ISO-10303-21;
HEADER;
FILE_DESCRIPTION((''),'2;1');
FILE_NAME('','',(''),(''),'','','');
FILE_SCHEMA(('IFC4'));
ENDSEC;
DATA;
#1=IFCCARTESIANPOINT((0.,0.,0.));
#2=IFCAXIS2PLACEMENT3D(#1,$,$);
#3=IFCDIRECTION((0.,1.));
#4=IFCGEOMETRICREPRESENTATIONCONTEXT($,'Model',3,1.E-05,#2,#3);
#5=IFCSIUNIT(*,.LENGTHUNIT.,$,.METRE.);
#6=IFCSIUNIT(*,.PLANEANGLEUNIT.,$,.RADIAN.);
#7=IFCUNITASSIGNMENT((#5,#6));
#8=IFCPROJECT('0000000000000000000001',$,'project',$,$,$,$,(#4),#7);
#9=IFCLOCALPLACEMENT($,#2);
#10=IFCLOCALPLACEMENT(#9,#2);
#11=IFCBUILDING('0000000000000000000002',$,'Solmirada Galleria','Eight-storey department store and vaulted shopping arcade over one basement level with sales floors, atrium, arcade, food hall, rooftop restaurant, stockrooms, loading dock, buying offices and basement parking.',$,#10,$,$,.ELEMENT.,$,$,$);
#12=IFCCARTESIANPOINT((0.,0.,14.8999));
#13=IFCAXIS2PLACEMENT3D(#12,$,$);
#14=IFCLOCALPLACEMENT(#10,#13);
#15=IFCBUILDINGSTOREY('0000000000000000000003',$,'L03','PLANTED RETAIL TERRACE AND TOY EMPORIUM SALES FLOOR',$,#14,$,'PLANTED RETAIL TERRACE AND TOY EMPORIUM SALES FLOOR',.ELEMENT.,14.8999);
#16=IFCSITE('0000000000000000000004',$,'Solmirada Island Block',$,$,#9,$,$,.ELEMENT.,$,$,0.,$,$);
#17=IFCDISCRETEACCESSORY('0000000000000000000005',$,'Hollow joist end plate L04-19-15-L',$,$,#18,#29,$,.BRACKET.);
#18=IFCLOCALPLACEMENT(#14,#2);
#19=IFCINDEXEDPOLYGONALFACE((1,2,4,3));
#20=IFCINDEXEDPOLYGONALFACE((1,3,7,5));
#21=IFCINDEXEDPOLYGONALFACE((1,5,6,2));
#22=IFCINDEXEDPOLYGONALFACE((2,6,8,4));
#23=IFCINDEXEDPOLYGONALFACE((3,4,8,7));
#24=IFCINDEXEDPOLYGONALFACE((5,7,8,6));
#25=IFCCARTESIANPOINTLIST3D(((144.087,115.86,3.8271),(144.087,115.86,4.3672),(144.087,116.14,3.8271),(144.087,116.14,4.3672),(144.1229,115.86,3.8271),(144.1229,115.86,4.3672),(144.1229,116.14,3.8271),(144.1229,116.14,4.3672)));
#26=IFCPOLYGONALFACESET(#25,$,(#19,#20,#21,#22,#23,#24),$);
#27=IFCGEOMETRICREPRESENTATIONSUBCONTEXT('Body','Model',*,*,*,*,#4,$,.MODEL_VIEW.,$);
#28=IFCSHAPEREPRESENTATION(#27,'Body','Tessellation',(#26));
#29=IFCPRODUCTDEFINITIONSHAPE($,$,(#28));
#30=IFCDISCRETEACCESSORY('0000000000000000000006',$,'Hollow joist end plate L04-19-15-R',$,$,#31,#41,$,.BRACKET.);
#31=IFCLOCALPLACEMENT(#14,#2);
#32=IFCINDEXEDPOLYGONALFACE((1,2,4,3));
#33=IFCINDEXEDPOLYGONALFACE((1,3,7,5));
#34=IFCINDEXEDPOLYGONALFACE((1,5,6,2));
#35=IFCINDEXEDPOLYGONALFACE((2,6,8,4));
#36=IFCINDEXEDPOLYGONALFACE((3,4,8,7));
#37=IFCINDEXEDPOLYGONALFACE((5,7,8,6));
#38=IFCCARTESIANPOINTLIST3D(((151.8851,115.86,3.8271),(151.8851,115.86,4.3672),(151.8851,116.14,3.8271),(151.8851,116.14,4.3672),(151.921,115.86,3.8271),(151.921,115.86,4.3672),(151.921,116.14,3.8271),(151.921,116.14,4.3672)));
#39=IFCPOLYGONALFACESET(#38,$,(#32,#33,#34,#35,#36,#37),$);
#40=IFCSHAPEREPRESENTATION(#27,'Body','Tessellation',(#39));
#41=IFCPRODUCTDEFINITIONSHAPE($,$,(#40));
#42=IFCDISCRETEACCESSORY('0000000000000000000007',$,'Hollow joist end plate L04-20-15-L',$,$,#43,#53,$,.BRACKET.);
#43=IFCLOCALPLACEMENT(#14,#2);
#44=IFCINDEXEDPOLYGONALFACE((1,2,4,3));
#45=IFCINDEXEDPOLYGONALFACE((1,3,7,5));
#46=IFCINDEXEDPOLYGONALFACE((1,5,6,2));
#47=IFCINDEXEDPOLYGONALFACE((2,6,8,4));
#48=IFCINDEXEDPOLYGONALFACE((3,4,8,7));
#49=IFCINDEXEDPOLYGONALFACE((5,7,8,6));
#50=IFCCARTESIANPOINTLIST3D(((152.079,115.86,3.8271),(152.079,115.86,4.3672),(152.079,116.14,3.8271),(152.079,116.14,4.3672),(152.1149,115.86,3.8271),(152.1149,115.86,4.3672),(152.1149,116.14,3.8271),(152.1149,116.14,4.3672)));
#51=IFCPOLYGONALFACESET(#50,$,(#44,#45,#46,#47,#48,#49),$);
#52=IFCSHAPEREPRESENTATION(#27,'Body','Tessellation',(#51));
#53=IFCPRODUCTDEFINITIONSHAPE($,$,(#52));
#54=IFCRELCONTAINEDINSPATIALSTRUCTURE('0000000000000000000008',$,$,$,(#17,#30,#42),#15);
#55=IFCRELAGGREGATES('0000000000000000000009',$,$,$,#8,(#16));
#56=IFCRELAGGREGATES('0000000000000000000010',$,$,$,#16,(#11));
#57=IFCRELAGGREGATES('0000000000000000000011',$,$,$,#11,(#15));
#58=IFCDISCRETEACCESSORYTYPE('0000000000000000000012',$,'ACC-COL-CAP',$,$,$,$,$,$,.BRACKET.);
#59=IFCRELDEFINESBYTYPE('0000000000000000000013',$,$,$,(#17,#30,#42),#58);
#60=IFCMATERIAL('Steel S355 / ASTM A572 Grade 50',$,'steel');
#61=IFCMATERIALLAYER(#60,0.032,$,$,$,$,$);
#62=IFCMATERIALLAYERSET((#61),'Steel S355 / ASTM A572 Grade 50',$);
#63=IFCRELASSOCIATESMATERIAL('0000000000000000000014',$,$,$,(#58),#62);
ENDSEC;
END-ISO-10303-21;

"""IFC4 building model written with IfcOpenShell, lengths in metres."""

from ifc_helpers import new_model, si_unit, direction, frame, origin, origin_2d, place, context, subcontext, project, spatial, rectangle, extrude, material, layer, layer_set, type_object, element, save


model = new_model("IFC4")

# Units and contexts
model_context = context("Model", 3, precision=1e-05, world=origin(), true_north=direction((0.0, 1.0)))
body_context = subcontext(model_context, "Body", "Model", "MODEL_VIEW")
ifc_project = project(units=[si_unit("LENGTHUNIT", "METRE"), si_unit("PLANEANGLEUNIT", "RADIAN")], contexts=[model_context])

# Site, building, storey
site_placement = place(None, origin())
site = spatial("IfcSite", under=ifc_project, at=site_placement, Name="Solmirada Island Block", CompositionType="ELEMENT", RefElevation=0.0)
building_placement = place(site_placement, origin())
building = spatial("IfcBuilding", under=site, at=building_placement, Name="Solmirada Galleria", Description="Eight-storey department store and vaulted shopping arcade over one basement level with sales floors, atrium, arcade, food hall, rooftop restaurant, stockrooms, loading dock, buying offices and basement parking.", CompositionType="ELEMENT")
storey_placement = place(building_placement, frame((0.0, 0.0, 14.8999)))
storey = spatial("IfcBuildingStorey", under=building, at=storey_placement, Name="L03", Description="PLANTED RETAIL TERRACE AND TOY EMPORIUM SALES FLOOR", LongName="PLANTED RETAIL TERRACE AND TOY EMPORIUM SALES FLOOR", CompositionType="ELEMENT", Elevation=14.8999)

# Discrete accessories
ifc_material_1 = material(Name="Steel S355 / ASTM A572 Grade 50", Category="steel")
ifc_layer_1 = layer(ifc_material_1, 0.032)
ifc_layer_set_1 = layer_set([ifc_layer_1], Name="Steel S355 / ASTM A572 Grade 50")
discrete_accessory_type = type_object("IfcDiscreteAccessoryType", Name="ACC-COL-CAP", PredefinedType="BRACKET", material=ifc_layer_set_1)
for number, where, z_axis, x_axis, name in (
    (1, (144.105, 116.0, 3.8271), (0.0, 0.0, 1.0), (1.0, 0.0, 0.0), "Hollow joist end plate L04-19-15-L"),
    (2, (151.9031, 116.0, 3.8271), (0.0, 0.0, 1.0), (1.0, 0.0, 0.0), "Hollow joist end plate L04-19-15-R"),
    (3, (152.0969, 116.0, 3.8271), (0.0, 0.0, 1.0), (1.0, 0.0, 0.0), "Hollow joist end plate L04-20-15-L"),
):
    element("IfcDiscreteAccessory", number, at=place(storey_placement, frame(where, z_axis=z_axis, x_axis=x_axis)), inside=storey, type_object=discrete_accessory_type, Name=name, PredefinedType="BRACKET", context=body_context, shape_type="SweptSolid", body=[
        extrude(rectangle(XDim=0.0359, YDim=0.28, at=origin_2d()), origin(), (0.0, 0.0, 1.0), 0.54),
    ])

save(model, "model.ifc")
